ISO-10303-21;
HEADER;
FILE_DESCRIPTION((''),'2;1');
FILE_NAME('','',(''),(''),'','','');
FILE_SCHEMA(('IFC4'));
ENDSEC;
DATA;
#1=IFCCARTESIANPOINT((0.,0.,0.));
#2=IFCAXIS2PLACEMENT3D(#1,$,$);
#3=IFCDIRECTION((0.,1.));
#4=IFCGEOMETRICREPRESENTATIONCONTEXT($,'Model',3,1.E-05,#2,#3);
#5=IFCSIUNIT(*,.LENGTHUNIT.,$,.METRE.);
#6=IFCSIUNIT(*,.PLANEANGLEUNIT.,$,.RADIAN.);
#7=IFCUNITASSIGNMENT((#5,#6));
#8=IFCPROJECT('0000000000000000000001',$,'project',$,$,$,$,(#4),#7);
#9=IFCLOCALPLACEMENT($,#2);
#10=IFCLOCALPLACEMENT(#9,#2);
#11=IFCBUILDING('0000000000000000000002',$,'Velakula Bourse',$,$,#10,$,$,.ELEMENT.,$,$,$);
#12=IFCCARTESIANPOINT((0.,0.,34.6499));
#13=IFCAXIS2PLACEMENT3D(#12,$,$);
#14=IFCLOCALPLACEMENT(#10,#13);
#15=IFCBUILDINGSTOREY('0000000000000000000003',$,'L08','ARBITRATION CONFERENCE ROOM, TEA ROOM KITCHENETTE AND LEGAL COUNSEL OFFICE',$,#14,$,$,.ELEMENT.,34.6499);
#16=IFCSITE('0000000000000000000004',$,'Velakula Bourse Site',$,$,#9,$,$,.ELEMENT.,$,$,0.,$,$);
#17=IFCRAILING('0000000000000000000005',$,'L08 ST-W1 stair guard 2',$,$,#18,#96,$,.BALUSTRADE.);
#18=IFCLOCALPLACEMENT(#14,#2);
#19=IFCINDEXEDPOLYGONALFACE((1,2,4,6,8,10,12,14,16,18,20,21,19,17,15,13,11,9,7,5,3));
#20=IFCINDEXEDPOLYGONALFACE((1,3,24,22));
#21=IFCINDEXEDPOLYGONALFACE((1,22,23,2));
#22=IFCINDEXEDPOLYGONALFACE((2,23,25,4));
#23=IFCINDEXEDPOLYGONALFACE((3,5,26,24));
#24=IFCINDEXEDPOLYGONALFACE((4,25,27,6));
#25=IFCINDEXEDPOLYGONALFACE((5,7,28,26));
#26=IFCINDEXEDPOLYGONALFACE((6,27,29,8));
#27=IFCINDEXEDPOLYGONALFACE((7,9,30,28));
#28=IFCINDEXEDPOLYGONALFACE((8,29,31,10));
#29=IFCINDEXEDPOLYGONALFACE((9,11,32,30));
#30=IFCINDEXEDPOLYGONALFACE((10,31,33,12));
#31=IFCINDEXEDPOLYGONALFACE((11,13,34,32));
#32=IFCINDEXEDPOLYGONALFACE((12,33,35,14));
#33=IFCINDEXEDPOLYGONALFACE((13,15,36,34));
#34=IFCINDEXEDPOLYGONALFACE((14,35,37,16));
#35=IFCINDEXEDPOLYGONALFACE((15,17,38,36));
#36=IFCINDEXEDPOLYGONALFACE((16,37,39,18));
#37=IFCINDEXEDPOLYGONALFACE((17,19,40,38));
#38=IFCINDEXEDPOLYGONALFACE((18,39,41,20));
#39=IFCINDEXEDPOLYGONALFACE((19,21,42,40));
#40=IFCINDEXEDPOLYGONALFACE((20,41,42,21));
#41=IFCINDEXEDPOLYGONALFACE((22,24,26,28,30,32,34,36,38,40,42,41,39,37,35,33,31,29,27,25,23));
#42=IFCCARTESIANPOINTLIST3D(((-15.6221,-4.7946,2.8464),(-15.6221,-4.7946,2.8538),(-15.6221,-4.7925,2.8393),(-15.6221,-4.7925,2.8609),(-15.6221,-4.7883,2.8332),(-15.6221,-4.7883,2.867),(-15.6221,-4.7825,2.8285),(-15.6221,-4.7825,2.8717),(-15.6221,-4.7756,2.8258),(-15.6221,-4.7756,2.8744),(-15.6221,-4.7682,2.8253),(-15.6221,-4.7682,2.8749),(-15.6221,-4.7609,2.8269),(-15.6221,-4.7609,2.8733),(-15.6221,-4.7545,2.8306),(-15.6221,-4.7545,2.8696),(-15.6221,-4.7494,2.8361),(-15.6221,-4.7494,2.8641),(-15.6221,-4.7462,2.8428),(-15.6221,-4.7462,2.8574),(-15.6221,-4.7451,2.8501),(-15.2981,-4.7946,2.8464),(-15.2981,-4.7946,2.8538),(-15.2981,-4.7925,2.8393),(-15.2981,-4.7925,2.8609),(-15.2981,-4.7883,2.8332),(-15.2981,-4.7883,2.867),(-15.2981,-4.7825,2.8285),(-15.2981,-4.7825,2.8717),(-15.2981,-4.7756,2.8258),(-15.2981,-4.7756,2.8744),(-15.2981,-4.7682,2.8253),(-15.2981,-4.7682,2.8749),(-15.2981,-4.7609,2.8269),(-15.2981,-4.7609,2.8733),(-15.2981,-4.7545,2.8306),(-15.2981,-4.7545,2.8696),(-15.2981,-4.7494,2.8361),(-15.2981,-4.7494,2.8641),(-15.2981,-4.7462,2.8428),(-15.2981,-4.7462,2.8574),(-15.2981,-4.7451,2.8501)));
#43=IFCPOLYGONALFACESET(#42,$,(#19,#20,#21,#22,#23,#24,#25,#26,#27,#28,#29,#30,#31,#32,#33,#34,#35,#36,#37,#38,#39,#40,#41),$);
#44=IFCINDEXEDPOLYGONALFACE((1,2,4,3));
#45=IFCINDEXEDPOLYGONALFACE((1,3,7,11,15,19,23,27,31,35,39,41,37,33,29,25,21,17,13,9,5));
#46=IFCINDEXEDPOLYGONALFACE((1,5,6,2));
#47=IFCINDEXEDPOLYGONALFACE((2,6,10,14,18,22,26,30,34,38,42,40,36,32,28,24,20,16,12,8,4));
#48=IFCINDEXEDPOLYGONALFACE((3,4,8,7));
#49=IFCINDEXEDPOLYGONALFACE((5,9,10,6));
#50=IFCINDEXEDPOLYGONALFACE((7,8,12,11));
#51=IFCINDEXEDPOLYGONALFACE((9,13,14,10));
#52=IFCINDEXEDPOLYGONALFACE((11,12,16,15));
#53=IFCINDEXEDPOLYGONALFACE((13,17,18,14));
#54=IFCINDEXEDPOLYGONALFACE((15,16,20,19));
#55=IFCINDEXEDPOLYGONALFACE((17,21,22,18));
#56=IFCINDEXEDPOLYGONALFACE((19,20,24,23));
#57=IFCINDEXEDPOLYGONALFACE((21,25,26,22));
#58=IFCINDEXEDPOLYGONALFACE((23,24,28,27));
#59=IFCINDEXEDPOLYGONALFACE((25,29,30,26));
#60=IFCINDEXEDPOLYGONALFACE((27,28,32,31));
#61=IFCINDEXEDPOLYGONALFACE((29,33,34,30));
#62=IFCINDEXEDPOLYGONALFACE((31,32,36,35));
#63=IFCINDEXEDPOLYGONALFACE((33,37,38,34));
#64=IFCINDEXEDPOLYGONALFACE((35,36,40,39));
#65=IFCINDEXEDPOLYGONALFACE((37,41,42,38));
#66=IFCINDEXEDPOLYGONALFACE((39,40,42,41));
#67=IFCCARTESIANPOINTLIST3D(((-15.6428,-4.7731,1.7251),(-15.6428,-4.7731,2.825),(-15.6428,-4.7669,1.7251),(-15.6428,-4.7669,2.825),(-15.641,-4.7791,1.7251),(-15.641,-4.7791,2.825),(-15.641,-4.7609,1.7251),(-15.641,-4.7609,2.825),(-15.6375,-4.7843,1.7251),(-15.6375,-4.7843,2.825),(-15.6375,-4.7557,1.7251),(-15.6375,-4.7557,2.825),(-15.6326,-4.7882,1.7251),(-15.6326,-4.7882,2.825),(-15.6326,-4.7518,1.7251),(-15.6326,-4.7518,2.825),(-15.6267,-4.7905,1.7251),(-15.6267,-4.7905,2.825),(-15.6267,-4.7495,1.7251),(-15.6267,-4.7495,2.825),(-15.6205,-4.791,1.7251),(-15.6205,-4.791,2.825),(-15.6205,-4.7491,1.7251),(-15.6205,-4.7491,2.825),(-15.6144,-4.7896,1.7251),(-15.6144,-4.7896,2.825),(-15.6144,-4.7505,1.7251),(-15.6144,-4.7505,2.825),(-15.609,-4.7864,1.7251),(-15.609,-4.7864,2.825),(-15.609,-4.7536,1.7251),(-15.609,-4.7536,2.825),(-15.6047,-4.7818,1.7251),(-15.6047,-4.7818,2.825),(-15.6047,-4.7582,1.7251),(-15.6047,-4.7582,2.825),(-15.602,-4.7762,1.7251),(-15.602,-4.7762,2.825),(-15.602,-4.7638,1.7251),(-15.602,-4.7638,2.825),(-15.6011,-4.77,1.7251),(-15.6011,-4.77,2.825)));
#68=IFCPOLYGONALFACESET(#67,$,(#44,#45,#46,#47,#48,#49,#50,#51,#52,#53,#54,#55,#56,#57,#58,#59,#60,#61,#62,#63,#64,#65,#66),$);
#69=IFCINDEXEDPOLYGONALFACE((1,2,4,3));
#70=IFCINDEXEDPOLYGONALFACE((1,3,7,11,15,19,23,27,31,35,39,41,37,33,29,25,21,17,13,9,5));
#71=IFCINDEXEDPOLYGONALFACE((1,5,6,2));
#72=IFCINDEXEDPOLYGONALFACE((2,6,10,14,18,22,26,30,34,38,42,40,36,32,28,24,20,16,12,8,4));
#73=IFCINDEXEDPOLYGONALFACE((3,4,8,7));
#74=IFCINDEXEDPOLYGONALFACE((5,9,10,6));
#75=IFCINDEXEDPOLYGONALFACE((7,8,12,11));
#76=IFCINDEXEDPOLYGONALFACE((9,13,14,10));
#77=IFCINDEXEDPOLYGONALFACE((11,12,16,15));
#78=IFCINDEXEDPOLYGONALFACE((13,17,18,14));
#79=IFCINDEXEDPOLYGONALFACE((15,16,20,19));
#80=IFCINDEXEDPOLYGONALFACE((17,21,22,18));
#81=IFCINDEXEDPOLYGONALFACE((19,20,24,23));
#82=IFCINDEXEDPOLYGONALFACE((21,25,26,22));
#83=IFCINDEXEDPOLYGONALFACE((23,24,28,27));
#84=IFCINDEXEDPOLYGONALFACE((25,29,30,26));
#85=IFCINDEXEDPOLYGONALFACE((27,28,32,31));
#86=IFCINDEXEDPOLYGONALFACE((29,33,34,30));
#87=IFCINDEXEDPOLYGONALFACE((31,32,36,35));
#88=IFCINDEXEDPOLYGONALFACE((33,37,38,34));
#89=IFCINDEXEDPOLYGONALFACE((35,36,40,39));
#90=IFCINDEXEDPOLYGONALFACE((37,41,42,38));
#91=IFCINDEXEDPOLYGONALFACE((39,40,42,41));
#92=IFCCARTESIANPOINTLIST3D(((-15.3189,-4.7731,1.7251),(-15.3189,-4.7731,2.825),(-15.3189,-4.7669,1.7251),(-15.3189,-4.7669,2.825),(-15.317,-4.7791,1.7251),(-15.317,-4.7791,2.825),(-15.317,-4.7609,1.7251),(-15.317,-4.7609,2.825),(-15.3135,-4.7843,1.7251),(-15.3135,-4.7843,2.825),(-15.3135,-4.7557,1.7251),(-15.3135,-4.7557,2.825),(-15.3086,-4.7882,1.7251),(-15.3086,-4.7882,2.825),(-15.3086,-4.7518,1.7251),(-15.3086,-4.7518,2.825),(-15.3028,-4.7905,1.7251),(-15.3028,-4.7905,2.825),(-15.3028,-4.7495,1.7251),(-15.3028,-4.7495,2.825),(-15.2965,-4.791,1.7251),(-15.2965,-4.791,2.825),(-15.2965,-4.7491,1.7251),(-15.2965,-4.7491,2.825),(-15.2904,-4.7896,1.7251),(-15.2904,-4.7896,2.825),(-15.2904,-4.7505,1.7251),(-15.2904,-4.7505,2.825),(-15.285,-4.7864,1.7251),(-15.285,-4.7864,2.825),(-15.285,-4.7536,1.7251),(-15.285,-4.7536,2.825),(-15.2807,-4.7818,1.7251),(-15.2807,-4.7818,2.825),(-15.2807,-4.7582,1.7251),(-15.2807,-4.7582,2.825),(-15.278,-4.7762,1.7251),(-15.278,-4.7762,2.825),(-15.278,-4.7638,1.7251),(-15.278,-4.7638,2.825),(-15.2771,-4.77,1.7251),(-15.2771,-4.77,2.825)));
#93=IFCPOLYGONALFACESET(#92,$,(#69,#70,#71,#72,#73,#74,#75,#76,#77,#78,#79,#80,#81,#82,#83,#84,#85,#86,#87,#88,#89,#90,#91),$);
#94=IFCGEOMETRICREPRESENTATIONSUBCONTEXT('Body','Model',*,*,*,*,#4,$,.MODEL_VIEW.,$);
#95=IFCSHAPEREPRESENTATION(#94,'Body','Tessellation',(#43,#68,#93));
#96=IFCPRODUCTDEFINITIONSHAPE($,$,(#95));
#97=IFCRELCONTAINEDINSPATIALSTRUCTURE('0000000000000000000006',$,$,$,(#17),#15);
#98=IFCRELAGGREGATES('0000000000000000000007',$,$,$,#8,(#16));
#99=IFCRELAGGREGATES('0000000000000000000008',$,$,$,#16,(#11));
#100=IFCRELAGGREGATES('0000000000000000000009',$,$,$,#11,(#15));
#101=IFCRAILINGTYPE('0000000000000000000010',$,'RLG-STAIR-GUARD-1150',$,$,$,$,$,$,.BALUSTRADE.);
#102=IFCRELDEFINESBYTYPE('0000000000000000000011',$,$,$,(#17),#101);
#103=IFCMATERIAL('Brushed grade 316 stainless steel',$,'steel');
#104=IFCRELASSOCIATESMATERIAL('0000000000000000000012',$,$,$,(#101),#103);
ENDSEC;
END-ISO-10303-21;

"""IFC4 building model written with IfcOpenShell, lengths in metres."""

from ifc_helpers import new_model, si_unit, direction, frame, origin, origin_2d, place, context, subcontext, project, spatial, circle, extrude, material, type_object, element, save


model = new_model("IFC4")

# Units and contexts
model_context = context("Model", 3, precision=1e-05, world=origin(), true_north=direction((0.0, 1.0)))
body_context = subcontext(model_context, "Body", "Model", "MODEL_VIEW")
ifc_project = project(units=[si_unit("LENGTHUNIT", "METRE"), si_unit("PLANEANGLEUNIT", "RADIAN")], contexts=[model_context])

# Site, building, storey
site_placement = place(None, origin())
site = spatial("IfcSite", under=ifc_project, at=site_placement, Name="Velakula Bourse Site", CompositionType="ELEMENT", RefElevation=0.0)
building_placement = place(site_placement, origin())
building = spatial("IfcBuilding", under=site, at=building_placement, Name="Velakula Bourse", CompositionType="ELEMENT")
storey_placement = place(building_placement, frame((0.0, 0.0, 34.6499)))
storey = spatial("IfcBuildingStorey", under=building, at=storey_placement, Name="L08", Description="ARBITRATION CONFERENCE ROOM, TEA ROOM KITCHENETTE AND LEGAL COUNSEL OFFICE", CompositionType="ELEMENT", Elevation=34.6499)

# Shared definitions
ifc_material_1 = material(Name="Brushed grade 316 stainless steel", Category="steel")

# Railing
railing_type_1 = type_object("IfcRailingType", Name="RLG-STAIR-GUARD-1150", PredefinedType="BALUSTRADE", material=ifc_material_1)
railing_1_placement = place(storey_placement, frame((-15.6221, -4.77, 1.7251)))
element("IfcRailing", 1, at=railing_1_placement, inside=storey, type_object=railing_type_1, Name="L08 ST-W1 stair guard 2", PredefinedType="BALUSTRADE", context=body_context, shape_type="SweptSolid", body=[
    extrude(circle(Radius=0.0249, at=origin_2d()), frame((0.0, 0.0, 1.125), z_axis=(1.0, 0.0, 0.0), x_axis=(0.0, 1.0, 0.0)), (0.0, 0.0, 1.0), 0.324),
    extrude(circle(Radius=0.021, at=origin_2d()), origin(), (0.0, 0.0, 1.0), 1.0999),
    extrude(circle(Radius=0.021, at=origin_2d()), frame((0.324, 0.0, 0.0)), (0.0, 0.0, 1.0), 1.0999),
])

save(model, "model.ifc")
